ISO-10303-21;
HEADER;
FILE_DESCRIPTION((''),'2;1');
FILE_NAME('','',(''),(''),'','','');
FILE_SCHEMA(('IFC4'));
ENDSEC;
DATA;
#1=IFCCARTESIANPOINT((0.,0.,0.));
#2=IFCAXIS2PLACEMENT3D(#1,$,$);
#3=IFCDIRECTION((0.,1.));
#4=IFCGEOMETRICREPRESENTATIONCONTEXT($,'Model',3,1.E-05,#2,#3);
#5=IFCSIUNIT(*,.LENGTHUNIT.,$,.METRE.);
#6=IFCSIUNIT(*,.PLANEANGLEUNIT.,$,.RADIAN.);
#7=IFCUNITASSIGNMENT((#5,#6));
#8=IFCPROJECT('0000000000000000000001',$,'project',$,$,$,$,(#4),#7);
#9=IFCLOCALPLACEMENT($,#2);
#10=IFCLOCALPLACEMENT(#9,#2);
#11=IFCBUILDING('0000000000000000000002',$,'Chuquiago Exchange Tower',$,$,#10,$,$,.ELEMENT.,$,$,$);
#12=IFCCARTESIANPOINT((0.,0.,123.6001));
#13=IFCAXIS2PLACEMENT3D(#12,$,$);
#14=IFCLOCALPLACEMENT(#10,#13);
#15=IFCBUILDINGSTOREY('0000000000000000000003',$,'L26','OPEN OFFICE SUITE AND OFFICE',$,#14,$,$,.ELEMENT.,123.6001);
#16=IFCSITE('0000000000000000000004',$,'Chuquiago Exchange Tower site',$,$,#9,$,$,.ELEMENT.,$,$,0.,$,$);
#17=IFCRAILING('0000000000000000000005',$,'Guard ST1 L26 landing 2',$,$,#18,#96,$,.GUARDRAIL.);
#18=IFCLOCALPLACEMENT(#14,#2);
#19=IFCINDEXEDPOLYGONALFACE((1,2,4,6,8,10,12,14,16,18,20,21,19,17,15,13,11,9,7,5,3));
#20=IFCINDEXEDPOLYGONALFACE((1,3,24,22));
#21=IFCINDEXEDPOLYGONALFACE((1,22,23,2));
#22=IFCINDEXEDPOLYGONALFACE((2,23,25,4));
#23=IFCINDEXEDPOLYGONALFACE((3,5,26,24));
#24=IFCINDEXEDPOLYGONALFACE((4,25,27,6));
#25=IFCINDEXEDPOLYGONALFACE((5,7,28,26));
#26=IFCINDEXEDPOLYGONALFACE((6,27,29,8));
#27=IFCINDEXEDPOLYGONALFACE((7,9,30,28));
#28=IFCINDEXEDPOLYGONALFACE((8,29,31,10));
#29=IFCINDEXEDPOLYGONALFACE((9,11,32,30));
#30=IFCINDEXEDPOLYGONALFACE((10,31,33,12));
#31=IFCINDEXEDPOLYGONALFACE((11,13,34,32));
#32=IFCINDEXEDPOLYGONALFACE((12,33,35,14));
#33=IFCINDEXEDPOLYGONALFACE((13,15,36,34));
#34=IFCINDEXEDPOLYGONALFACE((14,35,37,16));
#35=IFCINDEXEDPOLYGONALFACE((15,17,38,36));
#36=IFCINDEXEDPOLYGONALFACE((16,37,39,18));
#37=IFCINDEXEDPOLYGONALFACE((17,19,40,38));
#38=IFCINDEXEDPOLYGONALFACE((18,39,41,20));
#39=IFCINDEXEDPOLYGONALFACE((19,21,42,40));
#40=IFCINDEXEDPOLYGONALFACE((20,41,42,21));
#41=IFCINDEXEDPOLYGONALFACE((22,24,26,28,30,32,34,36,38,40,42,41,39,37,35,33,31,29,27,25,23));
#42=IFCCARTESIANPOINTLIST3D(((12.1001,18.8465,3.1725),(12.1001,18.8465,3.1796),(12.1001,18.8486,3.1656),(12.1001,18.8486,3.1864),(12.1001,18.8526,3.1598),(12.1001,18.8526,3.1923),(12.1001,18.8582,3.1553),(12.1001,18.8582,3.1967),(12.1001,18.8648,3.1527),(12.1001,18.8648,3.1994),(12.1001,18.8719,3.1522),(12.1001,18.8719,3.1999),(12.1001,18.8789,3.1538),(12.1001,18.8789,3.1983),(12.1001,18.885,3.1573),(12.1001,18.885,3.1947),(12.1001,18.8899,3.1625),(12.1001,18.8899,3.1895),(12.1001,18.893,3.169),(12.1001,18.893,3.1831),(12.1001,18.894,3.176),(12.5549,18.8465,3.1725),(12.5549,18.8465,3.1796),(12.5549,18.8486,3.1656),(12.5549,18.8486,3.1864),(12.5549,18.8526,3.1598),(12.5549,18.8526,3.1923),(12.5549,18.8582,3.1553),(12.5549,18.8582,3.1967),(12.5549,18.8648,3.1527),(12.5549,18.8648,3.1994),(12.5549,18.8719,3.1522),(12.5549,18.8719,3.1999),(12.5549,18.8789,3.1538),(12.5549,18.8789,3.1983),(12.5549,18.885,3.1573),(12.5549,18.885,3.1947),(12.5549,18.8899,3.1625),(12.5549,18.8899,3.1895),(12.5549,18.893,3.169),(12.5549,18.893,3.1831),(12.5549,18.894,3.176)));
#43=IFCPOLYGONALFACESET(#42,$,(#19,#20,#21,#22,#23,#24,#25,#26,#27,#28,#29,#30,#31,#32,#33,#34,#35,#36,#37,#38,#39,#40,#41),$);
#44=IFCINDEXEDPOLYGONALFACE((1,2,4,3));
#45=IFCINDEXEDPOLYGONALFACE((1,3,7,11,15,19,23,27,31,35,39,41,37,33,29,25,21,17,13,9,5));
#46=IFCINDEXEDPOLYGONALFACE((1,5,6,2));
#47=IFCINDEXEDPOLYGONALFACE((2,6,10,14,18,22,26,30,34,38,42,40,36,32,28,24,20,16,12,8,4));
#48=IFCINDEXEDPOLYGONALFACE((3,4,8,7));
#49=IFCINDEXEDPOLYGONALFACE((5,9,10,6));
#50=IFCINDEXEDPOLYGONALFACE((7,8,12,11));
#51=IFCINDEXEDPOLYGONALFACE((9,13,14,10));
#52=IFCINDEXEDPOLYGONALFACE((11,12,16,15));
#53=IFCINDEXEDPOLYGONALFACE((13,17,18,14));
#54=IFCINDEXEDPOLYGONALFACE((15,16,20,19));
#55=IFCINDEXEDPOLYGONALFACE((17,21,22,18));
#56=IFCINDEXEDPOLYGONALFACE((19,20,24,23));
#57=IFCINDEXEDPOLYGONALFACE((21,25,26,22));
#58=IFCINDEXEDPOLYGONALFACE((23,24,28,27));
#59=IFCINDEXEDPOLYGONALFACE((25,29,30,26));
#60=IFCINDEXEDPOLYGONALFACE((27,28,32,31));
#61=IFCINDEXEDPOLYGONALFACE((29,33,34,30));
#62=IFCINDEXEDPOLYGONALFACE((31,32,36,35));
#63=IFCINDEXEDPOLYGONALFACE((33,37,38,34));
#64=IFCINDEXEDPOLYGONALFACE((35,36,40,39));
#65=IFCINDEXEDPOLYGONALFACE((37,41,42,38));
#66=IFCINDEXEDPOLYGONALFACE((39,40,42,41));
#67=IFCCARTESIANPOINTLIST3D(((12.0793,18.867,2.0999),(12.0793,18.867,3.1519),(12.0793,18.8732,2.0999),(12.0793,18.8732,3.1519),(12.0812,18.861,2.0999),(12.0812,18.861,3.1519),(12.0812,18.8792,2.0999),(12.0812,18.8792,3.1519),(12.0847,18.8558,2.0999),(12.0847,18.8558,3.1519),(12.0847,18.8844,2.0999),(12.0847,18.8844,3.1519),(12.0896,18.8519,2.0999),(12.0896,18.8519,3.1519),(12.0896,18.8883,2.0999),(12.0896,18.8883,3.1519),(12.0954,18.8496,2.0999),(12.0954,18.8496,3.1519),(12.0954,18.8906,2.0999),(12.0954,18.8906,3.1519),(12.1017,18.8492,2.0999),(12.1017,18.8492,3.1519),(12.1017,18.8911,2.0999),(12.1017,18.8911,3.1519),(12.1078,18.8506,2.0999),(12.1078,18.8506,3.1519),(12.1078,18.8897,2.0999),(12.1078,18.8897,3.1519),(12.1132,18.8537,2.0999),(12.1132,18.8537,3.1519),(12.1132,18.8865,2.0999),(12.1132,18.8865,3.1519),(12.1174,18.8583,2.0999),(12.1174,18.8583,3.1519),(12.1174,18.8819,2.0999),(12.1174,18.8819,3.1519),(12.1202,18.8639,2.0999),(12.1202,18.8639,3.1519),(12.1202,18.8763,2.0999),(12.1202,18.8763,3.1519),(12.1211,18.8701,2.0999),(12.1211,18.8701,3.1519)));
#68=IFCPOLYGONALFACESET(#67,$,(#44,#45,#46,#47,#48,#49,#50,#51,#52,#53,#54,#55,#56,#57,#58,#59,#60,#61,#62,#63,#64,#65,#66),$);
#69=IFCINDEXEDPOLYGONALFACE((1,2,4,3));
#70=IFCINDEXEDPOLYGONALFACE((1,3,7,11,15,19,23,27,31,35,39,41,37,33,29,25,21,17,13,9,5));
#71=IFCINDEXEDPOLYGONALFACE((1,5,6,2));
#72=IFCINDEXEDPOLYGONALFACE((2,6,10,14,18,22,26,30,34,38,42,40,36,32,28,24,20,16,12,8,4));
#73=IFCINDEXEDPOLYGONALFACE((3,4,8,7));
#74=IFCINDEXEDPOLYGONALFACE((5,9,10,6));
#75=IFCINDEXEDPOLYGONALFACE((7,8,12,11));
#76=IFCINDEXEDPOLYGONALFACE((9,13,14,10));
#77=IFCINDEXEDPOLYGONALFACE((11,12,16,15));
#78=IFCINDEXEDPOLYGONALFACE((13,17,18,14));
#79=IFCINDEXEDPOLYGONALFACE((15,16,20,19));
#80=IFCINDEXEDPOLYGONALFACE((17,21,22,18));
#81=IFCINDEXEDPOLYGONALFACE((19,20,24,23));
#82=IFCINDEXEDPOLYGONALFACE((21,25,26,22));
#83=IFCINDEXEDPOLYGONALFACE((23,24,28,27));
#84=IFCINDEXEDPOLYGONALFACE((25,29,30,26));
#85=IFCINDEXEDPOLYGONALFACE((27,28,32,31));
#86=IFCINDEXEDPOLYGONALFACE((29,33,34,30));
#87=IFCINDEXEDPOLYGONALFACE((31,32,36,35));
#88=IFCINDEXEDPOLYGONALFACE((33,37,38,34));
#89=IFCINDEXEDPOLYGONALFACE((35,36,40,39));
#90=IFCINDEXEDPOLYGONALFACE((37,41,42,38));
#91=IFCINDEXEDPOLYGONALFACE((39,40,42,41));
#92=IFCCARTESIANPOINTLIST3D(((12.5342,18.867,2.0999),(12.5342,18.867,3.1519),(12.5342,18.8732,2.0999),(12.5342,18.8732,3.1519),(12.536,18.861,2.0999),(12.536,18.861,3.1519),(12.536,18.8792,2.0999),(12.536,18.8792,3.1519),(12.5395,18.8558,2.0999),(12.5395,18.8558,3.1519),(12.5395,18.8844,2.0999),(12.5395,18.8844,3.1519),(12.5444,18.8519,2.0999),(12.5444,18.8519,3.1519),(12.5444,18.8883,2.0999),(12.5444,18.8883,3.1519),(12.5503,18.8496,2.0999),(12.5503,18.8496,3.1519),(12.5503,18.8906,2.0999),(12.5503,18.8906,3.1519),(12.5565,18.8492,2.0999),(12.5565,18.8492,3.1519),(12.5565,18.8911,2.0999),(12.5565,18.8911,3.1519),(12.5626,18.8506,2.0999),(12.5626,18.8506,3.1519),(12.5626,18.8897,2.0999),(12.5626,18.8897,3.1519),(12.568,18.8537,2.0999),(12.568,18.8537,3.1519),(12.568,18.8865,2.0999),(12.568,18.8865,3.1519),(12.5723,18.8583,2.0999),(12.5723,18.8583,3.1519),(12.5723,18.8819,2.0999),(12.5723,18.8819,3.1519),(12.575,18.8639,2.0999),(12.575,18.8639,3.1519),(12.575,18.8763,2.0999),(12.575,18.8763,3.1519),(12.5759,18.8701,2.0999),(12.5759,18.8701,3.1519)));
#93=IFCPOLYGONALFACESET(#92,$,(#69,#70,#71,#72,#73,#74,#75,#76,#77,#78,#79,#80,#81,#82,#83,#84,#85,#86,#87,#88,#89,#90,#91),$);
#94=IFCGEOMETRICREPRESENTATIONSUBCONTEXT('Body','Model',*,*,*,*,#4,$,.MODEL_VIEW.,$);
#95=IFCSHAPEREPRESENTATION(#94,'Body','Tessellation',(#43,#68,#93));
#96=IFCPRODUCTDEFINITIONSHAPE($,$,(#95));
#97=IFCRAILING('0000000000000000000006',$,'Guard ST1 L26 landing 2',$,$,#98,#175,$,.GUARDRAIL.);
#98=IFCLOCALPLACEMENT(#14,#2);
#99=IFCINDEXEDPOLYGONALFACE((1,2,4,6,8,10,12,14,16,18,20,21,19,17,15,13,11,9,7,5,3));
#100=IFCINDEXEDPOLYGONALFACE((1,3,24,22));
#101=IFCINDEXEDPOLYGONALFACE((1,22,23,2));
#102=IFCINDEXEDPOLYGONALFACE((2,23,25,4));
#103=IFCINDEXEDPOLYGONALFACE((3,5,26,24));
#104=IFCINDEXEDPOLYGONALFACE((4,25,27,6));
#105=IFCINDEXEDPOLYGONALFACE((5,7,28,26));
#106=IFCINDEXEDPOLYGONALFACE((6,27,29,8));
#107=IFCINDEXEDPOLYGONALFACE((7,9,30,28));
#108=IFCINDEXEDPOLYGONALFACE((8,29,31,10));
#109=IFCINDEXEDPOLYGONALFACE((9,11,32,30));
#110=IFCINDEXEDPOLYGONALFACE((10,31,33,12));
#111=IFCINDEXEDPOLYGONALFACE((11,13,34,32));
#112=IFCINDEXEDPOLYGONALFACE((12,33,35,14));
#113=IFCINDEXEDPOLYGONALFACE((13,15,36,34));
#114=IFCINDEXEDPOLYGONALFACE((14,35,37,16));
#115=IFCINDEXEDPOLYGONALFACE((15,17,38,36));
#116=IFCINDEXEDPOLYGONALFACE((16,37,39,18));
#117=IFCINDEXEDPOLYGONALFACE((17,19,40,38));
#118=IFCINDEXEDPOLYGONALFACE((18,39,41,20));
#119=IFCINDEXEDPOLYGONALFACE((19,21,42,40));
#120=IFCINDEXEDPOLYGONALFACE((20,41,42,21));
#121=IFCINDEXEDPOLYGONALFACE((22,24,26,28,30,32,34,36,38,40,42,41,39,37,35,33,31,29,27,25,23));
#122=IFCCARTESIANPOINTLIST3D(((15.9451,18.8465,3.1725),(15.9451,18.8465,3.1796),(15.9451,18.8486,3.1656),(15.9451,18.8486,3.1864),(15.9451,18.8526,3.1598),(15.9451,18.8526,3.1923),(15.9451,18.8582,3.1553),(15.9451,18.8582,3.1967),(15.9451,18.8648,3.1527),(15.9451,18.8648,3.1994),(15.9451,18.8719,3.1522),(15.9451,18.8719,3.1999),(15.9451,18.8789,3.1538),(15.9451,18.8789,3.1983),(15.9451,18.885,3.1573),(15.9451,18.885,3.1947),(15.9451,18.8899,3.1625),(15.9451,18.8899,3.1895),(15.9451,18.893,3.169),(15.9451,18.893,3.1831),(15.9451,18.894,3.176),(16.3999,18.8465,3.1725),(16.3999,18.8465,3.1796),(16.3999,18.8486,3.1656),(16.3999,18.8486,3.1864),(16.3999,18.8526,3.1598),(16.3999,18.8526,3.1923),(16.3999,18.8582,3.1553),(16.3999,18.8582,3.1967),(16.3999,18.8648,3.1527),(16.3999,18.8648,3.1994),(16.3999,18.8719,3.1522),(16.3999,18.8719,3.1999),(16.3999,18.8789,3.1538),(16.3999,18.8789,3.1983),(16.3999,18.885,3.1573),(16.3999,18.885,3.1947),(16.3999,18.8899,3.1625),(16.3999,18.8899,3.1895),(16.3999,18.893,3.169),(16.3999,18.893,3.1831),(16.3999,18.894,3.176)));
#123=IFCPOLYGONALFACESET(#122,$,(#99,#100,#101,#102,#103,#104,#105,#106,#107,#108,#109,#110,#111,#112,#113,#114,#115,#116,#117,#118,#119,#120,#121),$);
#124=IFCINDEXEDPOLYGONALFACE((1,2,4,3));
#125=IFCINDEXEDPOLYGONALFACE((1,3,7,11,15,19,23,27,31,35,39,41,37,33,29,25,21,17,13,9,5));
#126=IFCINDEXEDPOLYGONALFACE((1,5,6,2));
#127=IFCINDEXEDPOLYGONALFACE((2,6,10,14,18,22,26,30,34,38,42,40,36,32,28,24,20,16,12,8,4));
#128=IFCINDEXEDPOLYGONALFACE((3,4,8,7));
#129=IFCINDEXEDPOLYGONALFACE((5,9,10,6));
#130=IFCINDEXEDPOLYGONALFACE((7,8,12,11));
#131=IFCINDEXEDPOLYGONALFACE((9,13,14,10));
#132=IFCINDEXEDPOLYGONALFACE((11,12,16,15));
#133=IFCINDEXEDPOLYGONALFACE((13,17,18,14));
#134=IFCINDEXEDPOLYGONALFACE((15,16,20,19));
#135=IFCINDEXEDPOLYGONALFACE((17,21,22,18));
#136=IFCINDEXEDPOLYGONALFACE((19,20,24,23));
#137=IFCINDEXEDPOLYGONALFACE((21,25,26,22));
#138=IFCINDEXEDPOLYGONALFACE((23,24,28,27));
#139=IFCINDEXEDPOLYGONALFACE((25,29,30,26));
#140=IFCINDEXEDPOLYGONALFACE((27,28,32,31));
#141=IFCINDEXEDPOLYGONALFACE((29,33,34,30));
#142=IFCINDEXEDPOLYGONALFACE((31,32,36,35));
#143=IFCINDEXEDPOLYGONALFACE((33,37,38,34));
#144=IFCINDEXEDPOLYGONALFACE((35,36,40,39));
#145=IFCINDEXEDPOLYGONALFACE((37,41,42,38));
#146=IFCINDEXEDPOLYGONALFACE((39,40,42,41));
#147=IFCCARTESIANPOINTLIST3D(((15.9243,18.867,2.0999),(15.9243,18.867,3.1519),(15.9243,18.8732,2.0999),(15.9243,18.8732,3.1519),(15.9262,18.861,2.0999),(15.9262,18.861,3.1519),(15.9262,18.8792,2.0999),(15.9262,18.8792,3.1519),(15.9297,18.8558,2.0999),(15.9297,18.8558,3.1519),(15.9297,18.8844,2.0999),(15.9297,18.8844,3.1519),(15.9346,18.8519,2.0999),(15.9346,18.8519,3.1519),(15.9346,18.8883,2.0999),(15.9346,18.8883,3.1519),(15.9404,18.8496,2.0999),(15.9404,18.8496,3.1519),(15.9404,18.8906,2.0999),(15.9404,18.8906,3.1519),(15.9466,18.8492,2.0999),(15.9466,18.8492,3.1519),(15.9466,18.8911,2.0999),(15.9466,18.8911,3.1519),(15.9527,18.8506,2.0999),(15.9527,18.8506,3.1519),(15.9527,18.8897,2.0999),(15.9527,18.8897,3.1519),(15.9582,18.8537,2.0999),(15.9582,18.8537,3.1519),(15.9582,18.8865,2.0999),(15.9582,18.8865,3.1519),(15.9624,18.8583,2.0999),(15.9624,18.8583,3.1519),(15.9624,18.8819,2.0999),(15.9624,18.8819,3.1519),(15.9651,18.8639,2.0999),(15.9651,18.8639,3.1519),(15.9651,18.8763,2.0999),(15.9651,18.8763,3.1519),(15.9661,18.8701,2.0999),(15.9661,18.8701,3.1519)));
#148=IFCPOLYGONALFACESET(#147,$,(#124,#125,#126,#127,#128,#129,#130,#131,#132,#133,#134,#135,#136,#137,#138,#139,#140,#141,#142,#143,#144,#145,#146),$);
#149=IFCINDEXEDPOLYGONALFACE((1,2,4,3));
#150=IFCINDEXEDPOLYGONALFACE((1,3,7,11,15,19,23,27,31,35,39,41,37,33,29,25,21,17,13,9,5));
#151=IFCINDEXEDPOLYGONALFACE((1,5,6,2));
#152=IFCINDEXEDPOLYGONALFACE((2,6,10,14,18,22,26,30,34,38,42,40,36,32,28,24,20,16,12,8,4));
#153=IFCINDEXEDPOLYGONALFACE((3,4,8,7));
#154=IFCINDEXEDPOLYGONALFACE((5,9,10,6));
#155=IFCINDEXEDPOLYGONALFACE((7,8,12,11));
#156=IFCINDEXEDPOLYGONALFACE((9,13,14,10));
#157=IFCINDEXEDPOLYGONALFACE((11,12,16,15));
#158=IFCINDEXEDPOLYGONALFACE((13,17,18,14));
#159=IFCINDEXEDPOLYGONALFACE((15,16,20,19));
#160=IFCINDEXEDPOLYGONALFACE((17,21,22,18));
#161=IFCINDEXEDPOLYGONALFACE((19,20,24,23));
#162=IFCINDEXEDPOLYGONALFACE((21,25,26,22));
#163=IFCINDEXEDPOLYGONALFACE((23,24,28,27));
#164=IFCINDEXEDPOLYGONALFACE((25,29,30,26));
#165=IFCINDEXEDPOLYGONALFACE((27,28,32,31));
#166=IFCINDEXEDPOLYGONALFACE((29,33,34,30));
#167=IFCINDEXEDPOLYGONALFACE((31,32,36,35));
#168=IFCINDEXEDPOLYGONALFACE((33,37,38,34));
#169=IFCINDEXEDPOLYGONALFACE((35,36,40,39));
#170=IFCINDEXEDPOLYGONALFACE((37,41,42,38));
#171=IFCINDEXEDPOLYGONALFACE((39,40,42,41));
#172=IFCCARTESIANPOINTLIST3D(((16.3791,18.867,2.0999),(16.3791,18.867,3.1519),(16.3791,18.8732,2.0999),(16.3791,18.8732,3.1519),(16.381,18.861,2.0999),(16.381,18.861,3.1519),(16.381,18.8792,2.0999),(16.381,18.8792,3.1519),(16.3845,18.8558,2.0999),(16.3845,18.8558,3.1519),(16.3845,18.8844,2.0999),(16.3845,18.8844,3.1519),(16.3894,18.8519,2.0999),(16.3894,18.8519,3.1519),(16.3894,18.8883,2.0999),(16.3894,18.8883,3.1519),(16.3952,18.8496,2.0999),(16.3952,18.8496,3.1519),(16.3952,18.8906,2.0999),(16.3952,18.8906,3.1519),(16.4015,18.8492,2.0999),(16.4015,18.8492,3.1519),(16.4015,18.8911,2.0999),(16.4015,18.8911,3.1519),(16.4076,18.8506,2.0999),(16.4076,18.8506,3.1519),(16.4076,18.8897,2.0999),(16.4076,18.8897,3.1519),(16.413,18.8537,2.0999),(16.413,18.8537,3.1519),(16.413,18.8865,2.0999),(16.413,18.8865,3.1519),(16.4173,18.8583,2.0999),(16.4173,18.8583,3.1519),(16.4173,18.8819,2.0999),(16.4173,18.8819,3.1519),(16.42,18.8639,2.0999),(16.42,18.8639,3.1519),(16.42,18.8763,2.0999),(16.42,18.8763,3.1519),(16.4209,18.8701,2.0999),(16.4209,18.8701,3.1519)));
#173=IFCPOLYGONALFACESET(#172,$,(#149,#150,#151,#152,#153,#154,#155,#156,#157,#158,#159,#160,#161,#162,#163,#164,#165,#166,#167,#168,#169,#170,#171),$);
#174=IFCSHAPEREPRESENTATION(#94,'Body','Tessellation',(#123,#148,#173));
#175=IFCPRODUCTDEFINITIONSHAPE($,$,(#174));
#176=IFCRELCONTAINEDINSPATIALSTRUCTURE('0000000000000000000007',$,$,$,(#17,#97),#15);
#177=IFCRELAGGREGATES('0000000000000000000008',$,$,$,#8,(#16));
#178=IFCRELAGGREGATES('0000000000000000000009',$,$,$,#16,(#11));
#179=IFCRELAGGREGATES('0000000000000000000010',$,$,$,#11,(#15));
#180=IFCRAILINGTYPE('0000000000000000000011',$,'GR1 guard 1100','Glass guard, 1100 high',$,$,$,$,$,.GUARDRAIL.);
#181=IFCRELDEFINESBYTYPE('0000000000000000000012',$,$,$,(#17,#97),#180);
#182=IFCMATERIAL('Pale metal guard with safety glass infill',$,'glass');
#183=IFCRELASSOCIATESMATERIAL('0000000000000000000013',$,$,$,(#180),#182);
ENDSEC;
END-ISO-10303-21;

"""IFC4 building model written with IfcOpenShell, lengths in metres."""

from ifc_helpers import new_model, si_unit, direction, frame, origin, origin_2d, place, context, subcontext, project, spatial, circle, extrude, material, type_object, element, save


model = new_model("IFC4")

# Units and contexts
model_context = context("Model", 3, precision=1e-05, world=origin(), true_north=direction((0.0, 1.0)))
body_context = subcontext(model_context, "Body", "Model", "MODEL_VIEW")
ifc_project = project(units=[si_unit("LENGTHUNIT", "METRE"), si_unit("PLANEANGLEUNIT", "RADIAN")], contexts=[model_context])

# Site, building, storey
site_placement = place(None, origin())
site = spatial("IfcSite", under=ifc_project, at=site_placement, Name="Chuquiago Exchange Tower site", CompositionType="ELEMENT", RefElevation=0.0)
building_placement = place(site_placement, origin())
building = spatial("IfcBuilding", under=site, at=building_placement, Name="Chuquiago Exchange Tower", CompositionType="ELEMENT")
storey_placement = place(building_placement, frame((0.0, 0.0, 123.6001)))
storey = spatial("IfcBuildingStorey", under=building, at=storey_placement, Name="L26", Description="OPEN OFFICE SUITE AND OFFICE", CompositionType="ELEMENT", Elevation=123.6001)

# Railings
ifc_material_1 = material(Name="Pale metal guard with safety glass infill", Category="glass")
railing_type_1 = type_object("IfcRailingType", Name="GR1 guard 1100", Description="Glass guard, 1100 high", PredefinedType="GUARDRAIL", material=ifc_material_1)
for number, where, name in (
    (1, (12.1001, 18.8701, 2.0999), "Guard ST1 L26 landing 2"),
    (2, (15.9451, 18.8701, 2.0999), "Guard ST1 L26 landing 2"),
):
    element("IfcRailing", number, at=place(storey_placement, frame(where)), inside=storey, type_object=railing_type_1, Name=name, PredefinedType="GUARDRAIL", context=body_context, shape_type="SweptSolid", body=[
        extrude(circle(Radius=0.0239, at=origin_2d()), frame((0.0, 0.0, 1.0762), z_axis=(1.0, 0.0, 0.0), x_axis=(0.0, 1.0, 0.0)), (0.0, 0.0, 1.0), 0.4548),
        extrude(circle(Radius=0.021, at=origin_2d()), origin(), (0.0, 0.0, 1.0), 1.052),
        extrude(circle(Radius=0.021, at=origin_2d()), frame((0.4548, 0.0, 0.0)), (0.0, 0.0, 1.0), 1.052),
    ])

save(model, "model.ifc")
